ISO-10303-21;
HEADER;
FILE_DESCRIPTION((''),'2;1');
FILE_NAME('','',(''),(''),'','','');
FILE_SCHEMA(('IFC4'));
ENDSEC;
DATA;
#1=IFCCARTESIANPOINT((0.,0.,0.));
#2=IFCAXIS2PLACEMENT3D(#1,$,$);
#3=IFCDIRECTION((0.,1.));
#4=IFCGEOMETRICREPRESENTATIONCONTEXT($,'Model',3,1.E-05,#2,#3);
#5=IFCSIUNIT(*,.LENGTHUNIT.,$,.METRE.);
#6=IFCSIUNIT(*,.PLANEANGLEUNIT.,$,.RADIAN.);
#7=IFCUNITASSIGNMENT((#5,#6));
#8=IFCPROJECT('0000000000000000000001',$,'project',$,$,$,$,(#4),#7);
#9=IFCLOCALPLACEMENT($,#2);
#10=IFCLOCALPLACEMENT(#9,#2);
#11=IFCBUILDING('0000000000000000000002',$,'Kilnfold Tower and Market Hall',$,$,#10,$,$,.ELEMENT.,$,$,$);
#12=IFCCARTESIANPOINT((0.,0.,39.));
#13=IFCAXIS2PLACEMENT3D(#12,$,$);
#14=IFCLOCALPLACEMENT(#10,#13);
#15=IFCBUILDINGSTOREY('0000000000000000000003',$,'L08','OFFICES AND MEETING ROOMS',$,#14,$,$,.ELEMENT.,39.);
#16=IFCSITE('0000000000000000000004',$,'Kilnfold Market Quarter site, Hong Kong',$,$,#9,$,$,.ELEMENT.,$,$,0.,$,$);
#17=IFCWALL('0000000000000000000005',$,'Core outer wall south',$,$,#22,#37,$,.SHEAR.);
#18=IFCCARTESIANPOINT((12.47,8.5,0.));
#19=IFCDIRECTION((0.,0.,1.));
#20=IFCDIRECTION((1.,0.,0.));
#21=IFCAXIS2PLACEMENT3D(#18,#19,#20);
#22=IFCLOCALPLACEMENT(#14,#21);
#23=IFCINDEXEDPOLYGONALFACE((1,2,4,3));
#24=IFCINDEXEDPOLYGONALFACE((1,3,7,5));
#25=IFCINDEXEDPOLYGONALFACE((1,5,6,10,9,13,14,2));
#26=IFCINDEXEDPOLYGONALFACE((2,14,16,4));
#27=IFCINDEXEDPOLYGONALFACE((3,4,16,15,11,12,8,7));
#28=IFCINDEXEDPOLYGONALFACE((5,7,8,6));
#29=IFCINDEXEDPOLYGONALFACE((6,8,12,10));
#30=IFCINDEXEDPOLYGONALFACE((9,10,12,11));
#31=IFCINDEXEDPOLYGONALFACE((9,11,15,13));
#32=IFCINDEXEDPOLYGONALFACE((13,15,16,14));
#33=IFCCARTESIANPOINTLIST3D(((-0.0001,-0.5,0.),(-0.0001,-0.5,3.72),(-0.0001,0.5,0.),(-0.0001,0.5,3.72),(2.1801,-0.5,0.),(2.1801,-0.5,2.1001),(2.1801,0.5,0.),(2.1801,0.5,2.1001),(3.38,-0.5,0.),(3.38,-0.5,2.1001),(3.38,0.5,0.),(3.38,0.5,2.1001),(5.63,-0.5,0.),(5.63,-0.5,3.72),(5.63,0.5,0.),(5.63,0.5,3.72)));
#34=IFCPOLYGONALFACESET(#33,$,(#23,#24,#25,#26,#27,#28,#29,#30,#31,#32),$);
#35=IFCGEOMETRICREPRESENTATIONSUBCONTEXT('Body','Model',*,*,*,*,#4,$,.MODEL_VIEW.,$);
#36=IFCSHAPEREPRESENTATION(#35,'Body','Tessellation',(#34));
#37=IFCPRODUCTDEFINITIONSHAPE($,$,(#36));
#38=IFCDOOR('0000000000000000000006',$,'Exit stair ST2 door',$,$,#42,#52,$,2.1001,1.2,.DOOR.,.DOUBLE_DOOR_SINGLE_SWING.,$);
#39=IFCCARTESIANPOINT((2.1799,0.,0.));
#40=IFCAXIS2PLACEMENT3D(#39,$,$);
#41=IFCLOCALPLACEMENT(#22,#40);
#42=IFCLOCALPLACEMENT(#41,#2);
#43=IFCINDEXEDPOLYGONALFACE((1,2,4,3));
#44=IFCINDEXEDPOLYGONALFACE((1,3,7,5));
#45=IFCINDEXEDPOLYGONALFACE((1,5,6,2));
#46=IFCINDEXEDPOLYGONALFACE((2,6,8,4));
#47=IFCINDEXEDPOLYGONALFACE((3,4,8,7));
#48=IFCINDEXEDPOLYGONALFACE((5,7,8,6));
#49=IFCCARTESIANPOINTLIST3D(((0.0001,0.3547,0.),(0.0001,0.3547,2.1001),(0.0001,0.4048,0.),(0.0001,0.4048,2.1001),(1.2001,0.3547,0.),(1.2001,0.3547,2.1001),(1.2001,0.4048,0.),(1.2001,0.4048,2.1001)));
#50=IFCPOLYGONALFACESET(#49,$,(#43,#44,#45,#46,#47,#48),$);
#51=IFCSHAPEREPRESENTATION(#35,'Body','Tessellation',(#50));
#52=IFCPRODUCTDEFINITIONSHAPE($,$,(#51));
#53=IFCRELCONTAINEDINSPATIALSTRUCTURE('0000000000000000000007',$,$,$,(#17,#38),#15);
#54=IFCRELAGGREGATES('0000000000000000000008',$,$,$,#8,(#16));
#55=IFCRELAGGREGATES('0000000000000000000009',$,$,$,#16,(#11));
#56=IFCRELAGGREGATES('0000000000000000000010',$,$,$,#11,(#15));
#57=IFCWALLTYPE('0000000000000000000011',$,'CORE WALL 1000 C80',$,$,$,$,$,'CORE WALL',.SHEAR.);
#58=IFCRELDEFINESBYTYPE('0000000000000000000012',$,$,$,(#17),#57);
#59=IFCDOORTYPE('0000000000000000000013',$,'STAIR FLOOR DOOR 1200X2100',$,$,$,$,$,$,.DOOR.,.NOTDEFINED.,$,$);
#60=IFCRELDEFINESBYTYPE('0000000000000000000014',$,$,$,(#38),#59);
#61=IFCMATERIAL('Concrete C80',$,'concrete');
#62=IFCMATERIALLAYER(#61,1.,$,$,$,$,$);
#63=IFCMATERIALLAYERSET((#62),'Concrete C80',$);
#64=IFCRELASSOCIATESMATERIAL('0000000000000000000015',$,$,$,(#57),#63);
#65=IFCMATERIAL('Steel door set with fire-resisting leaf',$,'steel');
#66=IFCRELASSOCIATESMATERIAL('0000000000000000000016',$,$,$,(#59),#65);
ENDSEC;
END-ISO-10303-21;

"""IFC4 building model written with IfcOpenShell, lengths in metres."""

from ifc_helpers import new_model, si_unit, direction, frame, frame_2d, origin, place, context, subcontext, project, spatial, rectangle, extrude, source, transform, mapped, material, layer, layer_set, type_object, element, fill, save


model = new_model("IFC4")

# Units and contexts
model_context = context("Model", 3, precision=1e-05, world=origin(), true_north=direction((0.0, 1.0)))
body_context = subcontext(model_context, "Body", "Model", "MODEL_VIEW")
ifc_project = project(units=[si_unit("LENGTHUNIT", "METRE"), si_unit("PLANEANGLEUNIT", "RADIAN")], contexts=[model_context])

# Site, building, storey
site_placement = place(None, origin())
site = spatial("IfcSite", under=ifc_project, at=site_placement, Name="Kilnfold Market Quarter site, Hong Kong", CompositionType="ELEMENT", RefElevation=0.0)
building_placement = place(site_placement, origin())
building = spatial("IfcBuilding", under=site, at=building_placement, Name="Kilnfold Tower and Market Hall", CompositionType="ELEMENT")
storey_placement = place(building_placement, frame((0.0, 0.0, 39.0)))
storey = spatial("IfcBuildingStorey", under=building, at=storey_placement, Name="L08", Description="OFFICES AND MEETING ROOMS", CompositionType="ELEMENT", Elevation=39.0)

# Wall, opening, door
ifc_material_1 = material(Name="Concrete C80", Category="concrete")
ifc_layer_1 = layer(ifc_material_1, 1.0)
ifc_layer_set_1 = layer_set([ifc_layer_1], Name="Concrete C80")
wall_type_1 = type_object("IfcWallType", Name="CORE WALL 1000 C80", ElementType="CORE WALL", PredefinedType="SHEAR", material=ifc_layer_set_1)
shared_shape_1 = source(origin(), body_context, "Body", "SweptSolid", [
    extrude(rectangle(XDim=5.6301, YDim=1.0, at=frame_2d((2.8149, 0.0))), origin(), (0.0, 0.0, 1.0), 3.72),
])
wall_1_placement = place(storey_placement, frame((12.47, 8.5, 0.0), z_axis=(0.0, 0.0, 1.0), x_axis=(1.0, 0.0, 0.0)))
wall_1 = element("IfcWall", 1, at=wall_1_placement, inside=storey, type_object=wall_type_1, Name="Core outer wall south", PredefinedType="SHEAR", context=body_context, shape_type="MappedRepresentation", body=[
    mapped(shared_shape_1, transform((0.0, 0.0, 0.0))),
])
opening_1_placement = place(wall_1_placement, frame((2.1799, 0.0, 0.0)))
opening_1 = element("IfcOpeningElement", 2, at=opening_1_placement, cuts=wall_1, PredefinedType="OPENING", context=body_context, shape_type="SweptSolid", body=[
    extrude(rectangle(XDim=1.2, YDim=2.1001, at=frame_2d((0.6001, 1.05))), frame((0.0, 0.51, 0.0), z_axis=(0.0, -1.0, 0.0), x_axis=(1.0, 0.0, 0.0)), (0.0, 0.0, 1.0), 1.02),
])
ifc_material_2 = material(Name="Steel door set with fire-resisting leaf", Category="steel")
door_type_1 = type_object("IfcDoorType", Name="STAIR FLOOR DOOR 1200X2100", OperationType="NOTDEFINED", PredefinedType="DOOR", material=ifc_material_2)
door_1_placement = place(opening_1_placement, origin())
door_1 = element("IfcDoor", 3, at=door_1_placement, inside=storey, type_object=door_type_1, Name="Exit stair ST2 door", OperationType="DOUBLE_DOOR_SINGLE_SWING", OverallHeight=2.1001, OverallWidth=1.2, PredefinedType="DOOR", context=body_context, shape_type="SweptSolid", body=[
    extrude(rectangle(XDim=1.2, YDim=2.1001, at=frame_2d((0.6001, 1.05))), frame((0.0, 0.4048, 0.0), z_axis=(0.0, -1.0, 0.0), x_axis=(1.0, 0.0, 0.0)), (0.0, 0.0, 1.0), 0.05),
])
fill(opening_1, door_1)

save(model, "model.ifc")
